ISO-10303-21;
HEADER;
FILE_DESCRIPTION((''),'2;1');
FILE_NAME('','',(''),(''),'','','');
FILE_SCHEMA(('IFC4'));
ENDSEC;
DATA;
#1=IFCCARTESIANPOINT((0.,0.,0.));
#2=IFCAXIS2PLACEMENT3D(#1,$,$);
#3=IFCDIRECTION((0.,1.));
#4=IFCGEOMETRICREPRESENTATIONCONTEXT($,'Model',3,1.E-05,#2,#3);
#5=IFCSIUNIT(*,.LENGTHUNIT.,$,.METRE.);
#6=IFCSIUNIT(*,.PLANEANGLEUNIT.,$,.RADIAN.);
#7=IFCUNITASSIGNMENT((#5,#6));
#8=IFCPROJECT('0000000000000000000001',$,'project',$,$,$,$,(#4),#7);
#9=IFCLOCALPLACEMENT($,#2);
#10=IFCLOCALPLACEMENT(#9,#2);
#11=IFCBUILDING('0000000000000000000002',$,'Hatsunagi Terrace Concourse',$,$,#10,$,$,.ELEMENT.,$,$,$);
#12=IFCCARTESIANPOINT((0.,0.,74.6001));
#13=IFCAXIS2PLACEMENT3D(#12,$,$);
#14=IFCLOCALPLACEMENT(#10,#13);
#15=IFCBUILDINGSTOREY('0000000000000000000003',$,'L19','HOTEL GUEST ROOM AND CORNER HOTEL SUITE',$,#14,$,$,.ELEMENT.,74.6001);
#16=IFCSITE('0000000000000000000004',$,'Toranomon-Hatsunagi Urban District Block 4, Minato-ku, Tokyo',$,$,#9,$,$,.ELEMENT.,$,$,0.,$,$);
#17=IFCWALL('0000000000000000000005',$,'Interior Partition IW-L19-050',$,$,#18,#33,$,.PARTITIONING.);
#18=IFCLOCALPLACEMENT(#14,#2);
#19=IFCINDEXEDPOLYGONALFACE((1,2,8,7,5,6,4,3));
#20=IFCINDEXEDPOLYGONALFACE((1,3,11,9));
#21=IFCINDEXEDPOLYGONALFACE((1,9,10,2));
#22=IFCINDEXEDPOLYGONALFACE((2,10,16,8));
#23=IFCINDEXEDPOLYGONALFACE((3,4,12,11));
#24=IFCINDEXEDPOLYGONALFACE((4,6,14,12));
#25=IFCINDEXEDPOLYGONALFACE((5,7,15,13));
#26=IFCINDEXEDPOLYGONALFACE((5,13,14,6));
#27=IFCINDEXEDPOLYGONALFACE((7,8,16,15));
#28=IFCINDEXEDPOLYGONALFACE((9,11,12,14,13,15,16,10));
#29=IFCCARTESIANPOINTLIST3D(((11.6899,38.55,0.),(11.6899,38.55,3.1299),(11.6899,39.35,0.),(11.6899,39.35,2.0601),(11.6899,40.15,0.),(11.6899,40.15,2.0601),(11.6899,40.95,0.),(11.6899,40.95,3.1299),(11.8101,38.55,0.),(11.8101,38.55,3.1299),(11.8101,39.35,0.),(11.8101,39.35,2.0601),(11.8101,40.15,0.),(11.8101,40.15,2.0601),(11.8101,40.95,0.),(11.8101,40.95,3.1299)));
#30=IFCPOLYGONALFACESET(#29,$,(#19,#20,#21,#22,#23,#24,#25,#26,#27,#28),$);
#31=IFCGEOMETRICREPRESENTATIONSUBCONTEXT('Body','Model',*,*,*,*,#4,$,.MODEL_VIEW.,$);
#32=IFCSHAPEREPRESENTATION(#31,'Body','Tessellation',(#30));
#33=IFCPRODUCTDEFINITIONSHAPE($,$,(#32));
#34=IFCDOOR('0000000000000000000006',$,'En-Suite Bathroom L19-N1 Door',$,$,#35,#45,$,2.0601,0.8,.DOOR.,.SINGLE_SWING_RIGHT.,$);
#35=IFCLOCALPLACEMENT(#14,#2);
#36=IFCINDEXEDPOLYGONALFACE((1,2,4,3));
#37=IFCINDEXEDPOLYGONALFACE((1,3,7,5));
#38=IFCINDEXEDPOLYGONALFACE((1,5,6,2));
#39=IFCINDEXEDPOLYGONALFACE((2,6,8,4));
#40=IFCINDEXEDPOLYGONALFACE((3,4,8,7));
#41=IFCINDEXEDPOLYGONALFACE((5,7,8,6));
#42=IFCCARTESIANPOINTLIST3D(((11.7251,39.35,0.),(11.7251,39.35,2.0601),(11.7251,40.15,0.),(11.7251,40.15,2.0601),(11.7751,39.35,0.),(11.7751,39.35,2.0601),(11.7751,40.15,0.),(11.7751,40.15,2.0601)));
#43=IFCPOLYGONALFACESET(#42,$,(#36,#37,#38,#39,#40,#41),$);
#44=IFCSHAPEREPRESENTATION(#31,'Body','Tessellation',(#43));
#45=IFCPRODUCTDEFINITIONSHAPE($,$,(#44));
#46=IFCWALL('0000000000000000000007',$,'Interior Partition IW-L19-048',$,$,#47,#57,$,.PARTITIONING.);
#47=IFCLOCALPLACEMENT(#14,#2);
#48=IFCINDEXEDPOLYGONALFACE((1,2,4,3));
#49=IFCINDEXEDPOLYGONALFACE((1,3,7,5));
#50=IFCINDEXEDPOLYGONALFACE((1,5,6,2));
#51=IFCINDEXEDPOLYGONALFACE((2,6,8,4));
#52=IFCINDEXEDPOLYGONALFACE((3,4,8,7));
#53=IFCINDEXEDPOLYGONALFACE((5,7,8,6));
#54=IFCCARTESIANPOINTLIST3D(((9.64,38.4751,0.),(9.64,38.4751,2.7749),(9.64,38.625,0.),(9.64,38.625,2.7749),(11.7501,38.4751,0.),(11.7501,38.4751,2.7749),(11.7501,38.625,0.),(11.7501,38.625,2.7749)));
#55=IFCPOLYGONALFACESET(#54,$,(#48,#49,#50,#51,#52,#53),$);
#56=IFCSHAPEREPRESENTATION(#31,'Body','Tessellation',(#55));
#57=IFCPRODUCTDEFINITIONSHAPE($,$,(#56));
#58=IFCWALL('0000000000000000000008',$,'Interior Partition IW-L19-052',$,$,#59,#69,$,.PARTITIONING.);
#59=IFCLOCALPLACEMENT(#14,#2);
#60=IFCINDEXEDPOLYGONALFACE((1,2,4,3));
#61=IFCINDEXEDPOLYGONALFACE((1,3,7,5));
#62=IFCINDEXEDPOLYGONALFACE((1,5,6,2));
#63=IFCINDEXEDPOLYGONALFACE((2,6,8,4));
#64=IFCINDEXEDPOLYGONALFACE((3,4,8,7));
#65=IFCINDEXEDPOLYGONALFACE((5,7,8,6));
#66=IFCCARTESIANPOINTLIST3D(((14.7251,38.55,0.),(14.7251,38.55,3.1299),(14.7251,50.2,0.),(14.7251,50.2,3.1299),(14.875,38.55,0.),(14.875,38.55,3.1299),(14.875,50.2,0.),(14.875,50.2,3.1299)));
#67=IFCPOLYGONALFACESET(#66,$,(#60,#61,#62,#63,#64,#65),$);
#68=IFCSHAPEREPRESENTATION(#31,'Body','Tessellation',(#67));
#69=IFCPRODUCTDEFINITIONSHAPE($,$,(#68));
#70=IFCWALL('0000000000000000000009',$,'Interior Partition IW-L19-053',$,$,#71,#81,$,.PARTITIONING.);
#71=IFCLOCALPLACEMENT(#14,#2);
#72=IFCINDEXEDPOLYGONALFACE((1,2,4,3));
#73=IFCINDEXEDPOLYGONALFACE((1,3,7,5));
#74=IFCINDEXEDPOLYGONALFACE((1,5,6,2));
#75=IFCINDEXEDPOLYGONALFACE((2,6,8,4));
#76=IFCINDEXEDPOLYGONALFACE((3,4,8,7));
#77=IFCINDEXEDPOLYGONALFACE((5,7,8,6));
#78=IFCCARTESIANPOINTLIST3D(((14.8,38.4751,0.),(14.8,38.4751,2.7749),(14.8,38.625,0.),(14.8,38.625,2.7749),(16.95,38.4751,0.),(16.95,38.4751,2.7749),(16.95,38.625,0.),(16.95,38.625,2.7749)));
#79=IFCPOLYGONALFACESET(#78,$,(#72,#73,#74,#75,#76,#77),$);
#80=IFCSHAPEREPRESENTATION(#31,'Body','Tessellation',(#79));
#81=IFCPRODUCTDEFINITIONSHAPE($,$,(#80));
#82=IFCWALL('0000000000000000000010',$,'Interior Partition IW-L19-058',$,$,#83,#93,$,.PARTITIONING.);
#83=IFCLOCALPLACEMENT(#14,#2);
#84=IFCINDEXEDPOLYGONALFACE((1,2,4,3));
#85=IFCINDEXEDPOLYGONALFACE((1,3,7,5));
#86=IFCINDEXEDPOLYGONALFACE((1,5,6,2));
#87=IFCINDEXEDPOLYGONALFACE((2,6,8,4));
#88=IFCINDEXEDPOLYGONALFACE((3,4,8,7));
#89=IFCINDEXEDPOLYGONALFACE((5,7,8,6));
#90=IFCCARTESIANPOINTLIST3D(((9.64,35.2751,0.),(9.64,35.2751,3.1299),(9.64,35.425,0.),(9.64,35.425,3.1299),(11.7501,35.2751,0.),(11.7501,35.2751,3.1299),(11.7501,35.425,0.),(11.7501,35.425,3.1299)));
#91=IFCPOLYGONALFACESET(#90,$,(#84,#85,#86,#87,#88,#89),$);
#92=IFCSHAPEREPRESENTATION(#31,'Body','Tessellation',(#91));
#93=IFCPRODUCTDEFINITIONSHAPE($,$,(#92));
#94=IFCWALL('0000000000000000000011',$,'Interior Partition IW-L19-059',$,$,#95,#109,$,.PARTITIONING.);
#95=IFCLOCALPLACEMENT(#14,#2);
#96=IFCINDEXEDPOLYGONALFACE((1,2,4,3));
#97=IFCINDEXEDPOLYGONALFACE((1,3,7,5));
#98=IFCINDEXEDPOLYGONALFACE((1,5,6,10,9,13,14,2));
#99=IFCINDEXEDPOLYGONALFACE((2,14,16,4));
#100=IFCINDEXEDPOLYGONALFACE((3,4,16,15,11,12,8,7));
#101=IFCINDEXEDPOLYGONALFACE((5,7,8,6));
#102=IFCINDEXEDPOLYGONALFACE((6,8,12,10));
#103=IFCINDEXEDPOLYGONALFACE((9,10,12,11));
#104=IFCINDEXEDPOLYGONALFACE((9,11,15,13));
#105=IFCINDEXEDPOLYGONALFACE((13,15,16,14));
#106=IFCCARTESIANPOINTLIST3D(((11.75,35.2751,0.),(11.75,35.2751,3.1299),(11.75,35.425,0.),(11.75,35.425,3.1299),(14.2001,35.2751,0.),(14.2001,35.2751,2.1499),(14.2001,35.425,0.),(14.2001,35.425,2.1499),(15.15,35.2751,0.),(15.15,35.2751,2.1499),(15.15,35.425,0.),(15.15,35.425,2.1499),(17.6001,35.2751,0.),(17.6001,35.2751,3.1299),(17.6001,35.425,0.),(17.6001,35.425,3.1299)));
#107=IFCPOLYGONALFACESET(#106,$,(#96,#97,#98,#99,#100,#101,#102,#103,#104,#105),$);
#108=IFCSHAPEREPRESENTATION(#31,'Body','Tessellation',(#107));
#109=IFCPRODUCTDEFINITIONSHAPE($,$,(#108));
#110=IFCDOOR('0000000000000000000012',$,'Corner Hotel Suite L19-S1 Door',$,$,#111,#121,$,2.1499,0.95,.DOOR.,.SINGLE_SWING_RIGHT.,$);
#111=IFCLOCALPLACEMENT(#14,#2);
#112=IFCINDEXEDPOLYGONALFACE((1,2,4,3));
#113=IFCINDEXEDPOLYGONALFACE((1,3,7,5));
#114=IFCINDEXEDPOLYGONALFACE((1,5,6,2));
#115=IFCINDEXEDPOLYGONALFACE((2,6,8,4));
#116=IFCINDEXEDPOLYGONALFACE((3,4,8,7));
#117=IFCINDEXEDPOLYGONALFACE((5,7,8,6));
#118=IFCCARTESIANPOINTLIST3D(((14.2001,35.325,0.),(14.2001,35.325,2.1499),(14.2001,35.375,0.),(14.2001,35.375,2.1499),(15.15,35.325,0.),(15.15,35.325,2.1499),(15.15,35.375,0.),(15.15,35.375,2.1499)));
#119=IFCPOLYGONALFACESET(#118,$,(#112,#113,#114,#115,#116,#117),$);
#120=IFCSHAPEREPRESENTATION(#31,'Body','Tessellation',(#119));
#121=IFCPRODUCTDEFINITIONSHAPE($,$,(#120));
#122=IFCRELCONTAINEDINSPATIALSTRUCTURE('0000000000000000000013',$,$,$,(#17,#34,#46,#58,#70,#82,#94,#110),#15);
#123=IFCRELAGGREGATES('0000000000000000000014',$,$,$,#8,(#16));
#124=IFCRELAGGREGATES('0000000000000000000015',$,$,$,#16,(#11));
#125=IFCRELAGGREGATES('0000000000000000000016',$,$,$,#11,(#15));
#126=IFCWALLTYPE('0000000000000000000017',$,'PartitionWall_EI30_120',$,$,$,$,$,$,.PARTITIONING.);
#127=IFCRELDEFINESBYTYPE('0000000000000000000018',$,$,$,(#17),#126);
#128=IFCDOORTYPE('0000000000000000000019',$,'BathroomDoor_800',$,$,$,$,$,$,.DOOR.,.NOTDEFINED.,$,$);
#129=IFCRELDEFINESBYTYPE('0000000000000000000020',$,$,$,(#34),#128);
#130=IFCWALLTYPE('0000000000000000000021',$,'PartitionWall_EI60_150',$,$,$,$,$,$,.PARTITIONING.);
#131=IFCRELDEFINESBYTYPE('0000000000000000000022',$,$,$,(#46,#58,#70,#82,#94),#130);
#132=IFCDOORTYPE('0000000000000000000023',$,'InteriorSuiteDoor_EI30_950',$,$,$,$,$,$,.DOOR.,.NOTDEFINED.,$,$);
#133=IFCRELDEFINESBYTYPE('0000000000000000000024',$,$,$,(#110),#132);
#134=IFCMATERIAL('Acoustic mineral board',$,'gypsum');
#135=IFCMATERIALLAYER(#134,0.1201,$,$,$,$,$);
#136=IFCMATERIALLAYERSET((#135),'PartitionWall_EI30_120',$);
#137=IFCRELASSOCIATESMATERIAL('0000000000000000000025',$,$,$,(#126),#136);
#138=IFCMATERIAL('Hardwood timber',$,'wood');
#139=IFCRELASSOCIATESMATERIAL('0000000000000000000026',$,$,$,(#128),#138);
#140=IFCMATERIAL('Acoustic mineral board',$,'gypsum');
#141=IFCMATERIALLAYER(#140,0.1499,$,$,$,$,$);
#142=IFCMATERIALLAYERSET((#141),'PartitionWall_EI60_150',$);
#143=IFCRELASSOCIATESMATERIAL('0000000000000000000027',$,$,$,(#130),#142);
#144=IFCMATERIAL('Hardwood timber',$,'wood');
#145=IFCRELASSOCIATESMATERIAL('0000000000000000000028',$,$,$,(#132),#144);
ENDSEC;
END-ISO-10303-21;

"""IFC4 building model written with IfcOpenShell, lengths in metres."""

from ifc_helpers import new_model, si_unit, direction, frame, frame_2d, origin, place, context, subcontext, project, spatial, rectangle, extrude, material, layer, layer_set, type_object, element, fill, save


model = new_model("IFC4")

# Units and contexts
model_context = context("Model", 3, precision=1e-05, world=origin(), true_north=direction((0.0, 1.0)))
body_context = subcontext(model_context, "Body", "Model", "MODEL_VIEW")
ifc_project = project(units=[si_unit("LENGTHUNIT", "METRE"), si_unit("PLANEANGLEUNIT", "RADIAN")], contexts=[model_context])

# Site, building, storey
site_placement = place(None, origin())
site = spatial("IfcSite", under=ifc_project, at=site_placement, Name="Toranomon-Hatsunagi Urban District Block 4, Minato-ku, Tokyo", CompositionType="ELEMENT", RefElevation=0.0)
building_placement = place(site_placement, origin())
building = spatial("IfcBuilding", under=site, at=building_placement, Name="Hatsunagi Terrace Concourse", CompositionType="ELEMENT")
storey_placement = place(building_placement, frame((0.0, 0.0, 74.6001)))
storey = spatial("IfcBuildingStorey", under=building, at=storey_placement, Name="L19", Description="HOTEL GUEST ROOM AND CORNER HOTEL SUITE", CompositionType="ELEMENT", Elevation=74.6001)

# Wall, opening, door
ifc_material_1 = material(Name="Acoustic mineral board", Category="gypsum")
ifc_layer_1 = layer(ifc_material_1, 0.1201)
ifc_layer_set_1 = layer_set([ifc_layer_1], Name="PartitionWall_EI30_120")
wall_type_1 = type_object("IfcWallType", Name="PartitionWall_EI30_120", PredefinedType="PARTITIONING", material=ifc_layer_set_1)
wall_1_placement = place(storey_placement, frame((11.75, 38.55, 0.0), z_axis=(0.0, 0.0, 1.0), x_axis=(0.0, 1.0, 0.0)))
wall_1 = element("IfcWall", 1, at=wall_1_placement, inside=storey, type_object=wall_type_1, Name="Interior Partition IW-L19-050", PredefinedType="PARTITIONING", context=body_context, shape_type="SweptSolid", body=[
    extrude(rectangle(XDim=2.3999, YDim=0.1201, at=frame_2d((1.2, 0.0))), origin(), (0.0, 0.0, 1.0), 3.1299),
])
opening_1_placement = place(wall_1_placement, frame((0.8, 0.0, 0.0)))
opening_1 = element("IfcOpeningElement", 2, at=opening_1_placement, cuts=wall_1, PredefinedType="OPENING", context=body_context, shape_type="SweptSolid", body=[
    extrude(rectangle(XDim=0.8, YDim=2.0601, at=frame_2d((0.3999, 1.03))), frame((0.0, 0.0701, 0.0), z_axis=(0.0, -1.0, 0.0), x_axis=(1.0, 0.0, 0.0)), (0.0, 0.0, 1.0), 0.1401),
])
ifc_material_2 = material(Name="Hardwood timber", Category="wood")
door_type_1 = type_object("IfcDoorType", Name="BathroomDoor_800", OperationType="NOTDEFINED", PredefinedType="DOOR", material=ifc_material_2)
door_1_placement = place(opening_1_placement, origin())
door_1 = element("IfcDoor", 3, at=door_1_placement, inside=storey, type_object=door_type_1, Name="En-Suite Bathroom L19-N1 Door", OperationType="SINGLE_SWING_RIGHT", OverallHeight=2.0601, OverallWidth=0.8, PredefinedType="DOOR", context=body_context, shape_type="SweptSolid", body=[
    extrude(rectangle(XDim=0.8, YDim=2.0601, at=frame_2d((0.3999, 1.03))), frame((0.0, 0.0249, 0.0), z_axis=(0.0, -1.0, 0.0), x_axis=(1.0, 0.0, 0.0)), (0.0, 0.0, 1.0), 0.05),
])
fill(opening_1, door_1)

# Wall
ifc_material_3 = material(Name="Acoustic mineral board", Category="gypsum")
ifc_layer_2 = layer(ifc_material_3, 0.1499)
ifc_layer_set_2 = layer_set([ifc_layer_2], Name="PartitionWall_EI60_150")
wall_type_2 = type_object("IfcWallType", Name="PartitionWall_EI60_150", PredefinedType="PARTITIONING", material=ifc_layer_set_2)
wall_2_placement = place(storey_placement, frame((9.6399, 38.55, 0.0), z_axis=(0.0, 0.0, 1.0), x_axis=(1.0, 0.0, 0.0)))
element("IfcWall", 4, at=wall_2_placement, inside=storey, type_object=wall_type_2, Name="Interior Partition IW-L19-048", PredefinedType="PARTITIONING", context=body_context, shape_type="SweptSolid", body=[
    extrude(rectangle(XDim=2.1101, YDim=0.1499, at=frame_2d((1.0552, 0.0))), origin(), (0.0, 0.0, 1.0), 2.7749),
])

# Shared definitions
ifc_material_4 = material(Name="Hardwood timber", Category="wood")
door_type_2 = type_object("IfcDoorType", Name="InteriorSuiteDoor_EI30_950", OperationType="NOTDEFINED", PredefinedType="DOOR", material=ifc_material_4)

# Walls
wall_3_placement = place(storey_placement, frame((14.8, 38.55, 0.0), z_axis=(0.0, 0.0, 1.0), x_axis=(0.0, 1.0, 0.0)))
element("IfcWall", 5, at=wall_3_placement, inside=storey, type_object=wall_type_2, Name="Interior Partition IW-L19-052", PredefinedType="PARTITIONING", context=body_context, shape_type="SweptSolid", body=[
    extrude(rectangle(XDim=11.6499, YDim=0.1499, at=frame_2d((5.825, 0.0))), origin(), (0.0, 0.0, 1.0), 3.1299),
])
wall_4_placement = place(storey_placement, frame((14.8, 38.55, 0.0), z_axis=(0.0, 0.0, 1.0), x_axis=(1.0, 0.0, 0.0)))
element("IfcWall", 6, at=wall_4_placement, inside=storey, type_object=wall_type_2, Name="Interior Partition IW-L19-053", PredefinedType="PARTITIONING", context=body_context, shape_type="SweptSolid", body=[
    extrude(rectangle(XDim=2.1499, YDim=0.1499, at=frame_2d((1.075, 0.0))), origin(), (0.0, 0.0, 1.0), 2.7749),
])
wall_5_placement = place(storey_placement, frame((9.6399, 35.3501, 0.0), z_axis=(0.0, 0.0, 1.0), x_axis=(1.0, 0.0, 0.0)))
element("IfcWall", 7, at=wall_5_placement, inside=storey, type_object=wall_type_2, Name="Interior Partition IW-L19-058", PredefinedType="PARTITIONING", context=body_context, shape_type="SweptSolid", body=[
    extrude(rectangle(XDim=2.1101, YDim=0.1499, at=frame_2d((1.0552, 0.0))), origin(), (0.0, 0.0, 1.0), 3.1299),
])

# Wall, opening, door
wall_6_placement = place(storey_placement, frame((11.75, 35.3501, 0.0), z_axis=(0.0, 0.0, 1.0), x_axis=(1.0, 0.0, 0.0)))
wall_6 = element("IfcWall", 8, at=wall_6_placement, inside=storey, type_object=wall_type_2, Name="Interior Partition IW-L19-059", PredefinedType="PARTITIONING", context=body_context, shape_type="SweptSolid", body=[
    extrude(rectangle(XDim=5.8501, YDim=0.1499, at=frame_2d((2.925, 0.0))), origin(), (0.0, 0.0, 1.0), 3.1299),
])
opening_2_placement = place(wall_6_placement, frame((2.45, 0.0, 0.0)))
opening_2 = element("IfcOpeningElement", 9, at=opening_2_placement, cuts=wall_6, PredefinedType="OPENING", context=body_context, shape_type="SweptSolid", body=[
    extrude(rectangle(XDim=0.95, YDim=2.1499, at=frame_2d((0.4751, 1.075))), frame((0.0, 0.085, 0.0), z_axis=(0.0, -1.0, 0.0), x_axis=(1.0, 0.0, 0.0)), (0.0, 0.0, 1.0), 0.1699),
])
door_2_placement = place(opening_2_placement, origin())
door_2 = element("IfcDoor", 10, at=door_2_placement, inside=storey, type_object=door_type_2, Name="Corner Hotel Suite L19-S1 Door", OperationType="SINGLE_SWING_RIGHT", OverallHeight=2.1499, OverallWidth=0.95, PredefinedType="DOOR", context=body_context, shape_type="SweptSolid", body=[
    extrude(rectangle(XDim=0.95, YDim=2.1499, at=frame_2d((0.4751, 1.075))), frame((0.0, 0.0249, 0.0), z_axis=(0.0, -1.0, 0.0), x_axis=(1.0, 0.0, 0.0)), (0.0, 0.0, 1.0), 0.05),
])
fill(opening_2, door_2)

save(model, "model.ifc")
